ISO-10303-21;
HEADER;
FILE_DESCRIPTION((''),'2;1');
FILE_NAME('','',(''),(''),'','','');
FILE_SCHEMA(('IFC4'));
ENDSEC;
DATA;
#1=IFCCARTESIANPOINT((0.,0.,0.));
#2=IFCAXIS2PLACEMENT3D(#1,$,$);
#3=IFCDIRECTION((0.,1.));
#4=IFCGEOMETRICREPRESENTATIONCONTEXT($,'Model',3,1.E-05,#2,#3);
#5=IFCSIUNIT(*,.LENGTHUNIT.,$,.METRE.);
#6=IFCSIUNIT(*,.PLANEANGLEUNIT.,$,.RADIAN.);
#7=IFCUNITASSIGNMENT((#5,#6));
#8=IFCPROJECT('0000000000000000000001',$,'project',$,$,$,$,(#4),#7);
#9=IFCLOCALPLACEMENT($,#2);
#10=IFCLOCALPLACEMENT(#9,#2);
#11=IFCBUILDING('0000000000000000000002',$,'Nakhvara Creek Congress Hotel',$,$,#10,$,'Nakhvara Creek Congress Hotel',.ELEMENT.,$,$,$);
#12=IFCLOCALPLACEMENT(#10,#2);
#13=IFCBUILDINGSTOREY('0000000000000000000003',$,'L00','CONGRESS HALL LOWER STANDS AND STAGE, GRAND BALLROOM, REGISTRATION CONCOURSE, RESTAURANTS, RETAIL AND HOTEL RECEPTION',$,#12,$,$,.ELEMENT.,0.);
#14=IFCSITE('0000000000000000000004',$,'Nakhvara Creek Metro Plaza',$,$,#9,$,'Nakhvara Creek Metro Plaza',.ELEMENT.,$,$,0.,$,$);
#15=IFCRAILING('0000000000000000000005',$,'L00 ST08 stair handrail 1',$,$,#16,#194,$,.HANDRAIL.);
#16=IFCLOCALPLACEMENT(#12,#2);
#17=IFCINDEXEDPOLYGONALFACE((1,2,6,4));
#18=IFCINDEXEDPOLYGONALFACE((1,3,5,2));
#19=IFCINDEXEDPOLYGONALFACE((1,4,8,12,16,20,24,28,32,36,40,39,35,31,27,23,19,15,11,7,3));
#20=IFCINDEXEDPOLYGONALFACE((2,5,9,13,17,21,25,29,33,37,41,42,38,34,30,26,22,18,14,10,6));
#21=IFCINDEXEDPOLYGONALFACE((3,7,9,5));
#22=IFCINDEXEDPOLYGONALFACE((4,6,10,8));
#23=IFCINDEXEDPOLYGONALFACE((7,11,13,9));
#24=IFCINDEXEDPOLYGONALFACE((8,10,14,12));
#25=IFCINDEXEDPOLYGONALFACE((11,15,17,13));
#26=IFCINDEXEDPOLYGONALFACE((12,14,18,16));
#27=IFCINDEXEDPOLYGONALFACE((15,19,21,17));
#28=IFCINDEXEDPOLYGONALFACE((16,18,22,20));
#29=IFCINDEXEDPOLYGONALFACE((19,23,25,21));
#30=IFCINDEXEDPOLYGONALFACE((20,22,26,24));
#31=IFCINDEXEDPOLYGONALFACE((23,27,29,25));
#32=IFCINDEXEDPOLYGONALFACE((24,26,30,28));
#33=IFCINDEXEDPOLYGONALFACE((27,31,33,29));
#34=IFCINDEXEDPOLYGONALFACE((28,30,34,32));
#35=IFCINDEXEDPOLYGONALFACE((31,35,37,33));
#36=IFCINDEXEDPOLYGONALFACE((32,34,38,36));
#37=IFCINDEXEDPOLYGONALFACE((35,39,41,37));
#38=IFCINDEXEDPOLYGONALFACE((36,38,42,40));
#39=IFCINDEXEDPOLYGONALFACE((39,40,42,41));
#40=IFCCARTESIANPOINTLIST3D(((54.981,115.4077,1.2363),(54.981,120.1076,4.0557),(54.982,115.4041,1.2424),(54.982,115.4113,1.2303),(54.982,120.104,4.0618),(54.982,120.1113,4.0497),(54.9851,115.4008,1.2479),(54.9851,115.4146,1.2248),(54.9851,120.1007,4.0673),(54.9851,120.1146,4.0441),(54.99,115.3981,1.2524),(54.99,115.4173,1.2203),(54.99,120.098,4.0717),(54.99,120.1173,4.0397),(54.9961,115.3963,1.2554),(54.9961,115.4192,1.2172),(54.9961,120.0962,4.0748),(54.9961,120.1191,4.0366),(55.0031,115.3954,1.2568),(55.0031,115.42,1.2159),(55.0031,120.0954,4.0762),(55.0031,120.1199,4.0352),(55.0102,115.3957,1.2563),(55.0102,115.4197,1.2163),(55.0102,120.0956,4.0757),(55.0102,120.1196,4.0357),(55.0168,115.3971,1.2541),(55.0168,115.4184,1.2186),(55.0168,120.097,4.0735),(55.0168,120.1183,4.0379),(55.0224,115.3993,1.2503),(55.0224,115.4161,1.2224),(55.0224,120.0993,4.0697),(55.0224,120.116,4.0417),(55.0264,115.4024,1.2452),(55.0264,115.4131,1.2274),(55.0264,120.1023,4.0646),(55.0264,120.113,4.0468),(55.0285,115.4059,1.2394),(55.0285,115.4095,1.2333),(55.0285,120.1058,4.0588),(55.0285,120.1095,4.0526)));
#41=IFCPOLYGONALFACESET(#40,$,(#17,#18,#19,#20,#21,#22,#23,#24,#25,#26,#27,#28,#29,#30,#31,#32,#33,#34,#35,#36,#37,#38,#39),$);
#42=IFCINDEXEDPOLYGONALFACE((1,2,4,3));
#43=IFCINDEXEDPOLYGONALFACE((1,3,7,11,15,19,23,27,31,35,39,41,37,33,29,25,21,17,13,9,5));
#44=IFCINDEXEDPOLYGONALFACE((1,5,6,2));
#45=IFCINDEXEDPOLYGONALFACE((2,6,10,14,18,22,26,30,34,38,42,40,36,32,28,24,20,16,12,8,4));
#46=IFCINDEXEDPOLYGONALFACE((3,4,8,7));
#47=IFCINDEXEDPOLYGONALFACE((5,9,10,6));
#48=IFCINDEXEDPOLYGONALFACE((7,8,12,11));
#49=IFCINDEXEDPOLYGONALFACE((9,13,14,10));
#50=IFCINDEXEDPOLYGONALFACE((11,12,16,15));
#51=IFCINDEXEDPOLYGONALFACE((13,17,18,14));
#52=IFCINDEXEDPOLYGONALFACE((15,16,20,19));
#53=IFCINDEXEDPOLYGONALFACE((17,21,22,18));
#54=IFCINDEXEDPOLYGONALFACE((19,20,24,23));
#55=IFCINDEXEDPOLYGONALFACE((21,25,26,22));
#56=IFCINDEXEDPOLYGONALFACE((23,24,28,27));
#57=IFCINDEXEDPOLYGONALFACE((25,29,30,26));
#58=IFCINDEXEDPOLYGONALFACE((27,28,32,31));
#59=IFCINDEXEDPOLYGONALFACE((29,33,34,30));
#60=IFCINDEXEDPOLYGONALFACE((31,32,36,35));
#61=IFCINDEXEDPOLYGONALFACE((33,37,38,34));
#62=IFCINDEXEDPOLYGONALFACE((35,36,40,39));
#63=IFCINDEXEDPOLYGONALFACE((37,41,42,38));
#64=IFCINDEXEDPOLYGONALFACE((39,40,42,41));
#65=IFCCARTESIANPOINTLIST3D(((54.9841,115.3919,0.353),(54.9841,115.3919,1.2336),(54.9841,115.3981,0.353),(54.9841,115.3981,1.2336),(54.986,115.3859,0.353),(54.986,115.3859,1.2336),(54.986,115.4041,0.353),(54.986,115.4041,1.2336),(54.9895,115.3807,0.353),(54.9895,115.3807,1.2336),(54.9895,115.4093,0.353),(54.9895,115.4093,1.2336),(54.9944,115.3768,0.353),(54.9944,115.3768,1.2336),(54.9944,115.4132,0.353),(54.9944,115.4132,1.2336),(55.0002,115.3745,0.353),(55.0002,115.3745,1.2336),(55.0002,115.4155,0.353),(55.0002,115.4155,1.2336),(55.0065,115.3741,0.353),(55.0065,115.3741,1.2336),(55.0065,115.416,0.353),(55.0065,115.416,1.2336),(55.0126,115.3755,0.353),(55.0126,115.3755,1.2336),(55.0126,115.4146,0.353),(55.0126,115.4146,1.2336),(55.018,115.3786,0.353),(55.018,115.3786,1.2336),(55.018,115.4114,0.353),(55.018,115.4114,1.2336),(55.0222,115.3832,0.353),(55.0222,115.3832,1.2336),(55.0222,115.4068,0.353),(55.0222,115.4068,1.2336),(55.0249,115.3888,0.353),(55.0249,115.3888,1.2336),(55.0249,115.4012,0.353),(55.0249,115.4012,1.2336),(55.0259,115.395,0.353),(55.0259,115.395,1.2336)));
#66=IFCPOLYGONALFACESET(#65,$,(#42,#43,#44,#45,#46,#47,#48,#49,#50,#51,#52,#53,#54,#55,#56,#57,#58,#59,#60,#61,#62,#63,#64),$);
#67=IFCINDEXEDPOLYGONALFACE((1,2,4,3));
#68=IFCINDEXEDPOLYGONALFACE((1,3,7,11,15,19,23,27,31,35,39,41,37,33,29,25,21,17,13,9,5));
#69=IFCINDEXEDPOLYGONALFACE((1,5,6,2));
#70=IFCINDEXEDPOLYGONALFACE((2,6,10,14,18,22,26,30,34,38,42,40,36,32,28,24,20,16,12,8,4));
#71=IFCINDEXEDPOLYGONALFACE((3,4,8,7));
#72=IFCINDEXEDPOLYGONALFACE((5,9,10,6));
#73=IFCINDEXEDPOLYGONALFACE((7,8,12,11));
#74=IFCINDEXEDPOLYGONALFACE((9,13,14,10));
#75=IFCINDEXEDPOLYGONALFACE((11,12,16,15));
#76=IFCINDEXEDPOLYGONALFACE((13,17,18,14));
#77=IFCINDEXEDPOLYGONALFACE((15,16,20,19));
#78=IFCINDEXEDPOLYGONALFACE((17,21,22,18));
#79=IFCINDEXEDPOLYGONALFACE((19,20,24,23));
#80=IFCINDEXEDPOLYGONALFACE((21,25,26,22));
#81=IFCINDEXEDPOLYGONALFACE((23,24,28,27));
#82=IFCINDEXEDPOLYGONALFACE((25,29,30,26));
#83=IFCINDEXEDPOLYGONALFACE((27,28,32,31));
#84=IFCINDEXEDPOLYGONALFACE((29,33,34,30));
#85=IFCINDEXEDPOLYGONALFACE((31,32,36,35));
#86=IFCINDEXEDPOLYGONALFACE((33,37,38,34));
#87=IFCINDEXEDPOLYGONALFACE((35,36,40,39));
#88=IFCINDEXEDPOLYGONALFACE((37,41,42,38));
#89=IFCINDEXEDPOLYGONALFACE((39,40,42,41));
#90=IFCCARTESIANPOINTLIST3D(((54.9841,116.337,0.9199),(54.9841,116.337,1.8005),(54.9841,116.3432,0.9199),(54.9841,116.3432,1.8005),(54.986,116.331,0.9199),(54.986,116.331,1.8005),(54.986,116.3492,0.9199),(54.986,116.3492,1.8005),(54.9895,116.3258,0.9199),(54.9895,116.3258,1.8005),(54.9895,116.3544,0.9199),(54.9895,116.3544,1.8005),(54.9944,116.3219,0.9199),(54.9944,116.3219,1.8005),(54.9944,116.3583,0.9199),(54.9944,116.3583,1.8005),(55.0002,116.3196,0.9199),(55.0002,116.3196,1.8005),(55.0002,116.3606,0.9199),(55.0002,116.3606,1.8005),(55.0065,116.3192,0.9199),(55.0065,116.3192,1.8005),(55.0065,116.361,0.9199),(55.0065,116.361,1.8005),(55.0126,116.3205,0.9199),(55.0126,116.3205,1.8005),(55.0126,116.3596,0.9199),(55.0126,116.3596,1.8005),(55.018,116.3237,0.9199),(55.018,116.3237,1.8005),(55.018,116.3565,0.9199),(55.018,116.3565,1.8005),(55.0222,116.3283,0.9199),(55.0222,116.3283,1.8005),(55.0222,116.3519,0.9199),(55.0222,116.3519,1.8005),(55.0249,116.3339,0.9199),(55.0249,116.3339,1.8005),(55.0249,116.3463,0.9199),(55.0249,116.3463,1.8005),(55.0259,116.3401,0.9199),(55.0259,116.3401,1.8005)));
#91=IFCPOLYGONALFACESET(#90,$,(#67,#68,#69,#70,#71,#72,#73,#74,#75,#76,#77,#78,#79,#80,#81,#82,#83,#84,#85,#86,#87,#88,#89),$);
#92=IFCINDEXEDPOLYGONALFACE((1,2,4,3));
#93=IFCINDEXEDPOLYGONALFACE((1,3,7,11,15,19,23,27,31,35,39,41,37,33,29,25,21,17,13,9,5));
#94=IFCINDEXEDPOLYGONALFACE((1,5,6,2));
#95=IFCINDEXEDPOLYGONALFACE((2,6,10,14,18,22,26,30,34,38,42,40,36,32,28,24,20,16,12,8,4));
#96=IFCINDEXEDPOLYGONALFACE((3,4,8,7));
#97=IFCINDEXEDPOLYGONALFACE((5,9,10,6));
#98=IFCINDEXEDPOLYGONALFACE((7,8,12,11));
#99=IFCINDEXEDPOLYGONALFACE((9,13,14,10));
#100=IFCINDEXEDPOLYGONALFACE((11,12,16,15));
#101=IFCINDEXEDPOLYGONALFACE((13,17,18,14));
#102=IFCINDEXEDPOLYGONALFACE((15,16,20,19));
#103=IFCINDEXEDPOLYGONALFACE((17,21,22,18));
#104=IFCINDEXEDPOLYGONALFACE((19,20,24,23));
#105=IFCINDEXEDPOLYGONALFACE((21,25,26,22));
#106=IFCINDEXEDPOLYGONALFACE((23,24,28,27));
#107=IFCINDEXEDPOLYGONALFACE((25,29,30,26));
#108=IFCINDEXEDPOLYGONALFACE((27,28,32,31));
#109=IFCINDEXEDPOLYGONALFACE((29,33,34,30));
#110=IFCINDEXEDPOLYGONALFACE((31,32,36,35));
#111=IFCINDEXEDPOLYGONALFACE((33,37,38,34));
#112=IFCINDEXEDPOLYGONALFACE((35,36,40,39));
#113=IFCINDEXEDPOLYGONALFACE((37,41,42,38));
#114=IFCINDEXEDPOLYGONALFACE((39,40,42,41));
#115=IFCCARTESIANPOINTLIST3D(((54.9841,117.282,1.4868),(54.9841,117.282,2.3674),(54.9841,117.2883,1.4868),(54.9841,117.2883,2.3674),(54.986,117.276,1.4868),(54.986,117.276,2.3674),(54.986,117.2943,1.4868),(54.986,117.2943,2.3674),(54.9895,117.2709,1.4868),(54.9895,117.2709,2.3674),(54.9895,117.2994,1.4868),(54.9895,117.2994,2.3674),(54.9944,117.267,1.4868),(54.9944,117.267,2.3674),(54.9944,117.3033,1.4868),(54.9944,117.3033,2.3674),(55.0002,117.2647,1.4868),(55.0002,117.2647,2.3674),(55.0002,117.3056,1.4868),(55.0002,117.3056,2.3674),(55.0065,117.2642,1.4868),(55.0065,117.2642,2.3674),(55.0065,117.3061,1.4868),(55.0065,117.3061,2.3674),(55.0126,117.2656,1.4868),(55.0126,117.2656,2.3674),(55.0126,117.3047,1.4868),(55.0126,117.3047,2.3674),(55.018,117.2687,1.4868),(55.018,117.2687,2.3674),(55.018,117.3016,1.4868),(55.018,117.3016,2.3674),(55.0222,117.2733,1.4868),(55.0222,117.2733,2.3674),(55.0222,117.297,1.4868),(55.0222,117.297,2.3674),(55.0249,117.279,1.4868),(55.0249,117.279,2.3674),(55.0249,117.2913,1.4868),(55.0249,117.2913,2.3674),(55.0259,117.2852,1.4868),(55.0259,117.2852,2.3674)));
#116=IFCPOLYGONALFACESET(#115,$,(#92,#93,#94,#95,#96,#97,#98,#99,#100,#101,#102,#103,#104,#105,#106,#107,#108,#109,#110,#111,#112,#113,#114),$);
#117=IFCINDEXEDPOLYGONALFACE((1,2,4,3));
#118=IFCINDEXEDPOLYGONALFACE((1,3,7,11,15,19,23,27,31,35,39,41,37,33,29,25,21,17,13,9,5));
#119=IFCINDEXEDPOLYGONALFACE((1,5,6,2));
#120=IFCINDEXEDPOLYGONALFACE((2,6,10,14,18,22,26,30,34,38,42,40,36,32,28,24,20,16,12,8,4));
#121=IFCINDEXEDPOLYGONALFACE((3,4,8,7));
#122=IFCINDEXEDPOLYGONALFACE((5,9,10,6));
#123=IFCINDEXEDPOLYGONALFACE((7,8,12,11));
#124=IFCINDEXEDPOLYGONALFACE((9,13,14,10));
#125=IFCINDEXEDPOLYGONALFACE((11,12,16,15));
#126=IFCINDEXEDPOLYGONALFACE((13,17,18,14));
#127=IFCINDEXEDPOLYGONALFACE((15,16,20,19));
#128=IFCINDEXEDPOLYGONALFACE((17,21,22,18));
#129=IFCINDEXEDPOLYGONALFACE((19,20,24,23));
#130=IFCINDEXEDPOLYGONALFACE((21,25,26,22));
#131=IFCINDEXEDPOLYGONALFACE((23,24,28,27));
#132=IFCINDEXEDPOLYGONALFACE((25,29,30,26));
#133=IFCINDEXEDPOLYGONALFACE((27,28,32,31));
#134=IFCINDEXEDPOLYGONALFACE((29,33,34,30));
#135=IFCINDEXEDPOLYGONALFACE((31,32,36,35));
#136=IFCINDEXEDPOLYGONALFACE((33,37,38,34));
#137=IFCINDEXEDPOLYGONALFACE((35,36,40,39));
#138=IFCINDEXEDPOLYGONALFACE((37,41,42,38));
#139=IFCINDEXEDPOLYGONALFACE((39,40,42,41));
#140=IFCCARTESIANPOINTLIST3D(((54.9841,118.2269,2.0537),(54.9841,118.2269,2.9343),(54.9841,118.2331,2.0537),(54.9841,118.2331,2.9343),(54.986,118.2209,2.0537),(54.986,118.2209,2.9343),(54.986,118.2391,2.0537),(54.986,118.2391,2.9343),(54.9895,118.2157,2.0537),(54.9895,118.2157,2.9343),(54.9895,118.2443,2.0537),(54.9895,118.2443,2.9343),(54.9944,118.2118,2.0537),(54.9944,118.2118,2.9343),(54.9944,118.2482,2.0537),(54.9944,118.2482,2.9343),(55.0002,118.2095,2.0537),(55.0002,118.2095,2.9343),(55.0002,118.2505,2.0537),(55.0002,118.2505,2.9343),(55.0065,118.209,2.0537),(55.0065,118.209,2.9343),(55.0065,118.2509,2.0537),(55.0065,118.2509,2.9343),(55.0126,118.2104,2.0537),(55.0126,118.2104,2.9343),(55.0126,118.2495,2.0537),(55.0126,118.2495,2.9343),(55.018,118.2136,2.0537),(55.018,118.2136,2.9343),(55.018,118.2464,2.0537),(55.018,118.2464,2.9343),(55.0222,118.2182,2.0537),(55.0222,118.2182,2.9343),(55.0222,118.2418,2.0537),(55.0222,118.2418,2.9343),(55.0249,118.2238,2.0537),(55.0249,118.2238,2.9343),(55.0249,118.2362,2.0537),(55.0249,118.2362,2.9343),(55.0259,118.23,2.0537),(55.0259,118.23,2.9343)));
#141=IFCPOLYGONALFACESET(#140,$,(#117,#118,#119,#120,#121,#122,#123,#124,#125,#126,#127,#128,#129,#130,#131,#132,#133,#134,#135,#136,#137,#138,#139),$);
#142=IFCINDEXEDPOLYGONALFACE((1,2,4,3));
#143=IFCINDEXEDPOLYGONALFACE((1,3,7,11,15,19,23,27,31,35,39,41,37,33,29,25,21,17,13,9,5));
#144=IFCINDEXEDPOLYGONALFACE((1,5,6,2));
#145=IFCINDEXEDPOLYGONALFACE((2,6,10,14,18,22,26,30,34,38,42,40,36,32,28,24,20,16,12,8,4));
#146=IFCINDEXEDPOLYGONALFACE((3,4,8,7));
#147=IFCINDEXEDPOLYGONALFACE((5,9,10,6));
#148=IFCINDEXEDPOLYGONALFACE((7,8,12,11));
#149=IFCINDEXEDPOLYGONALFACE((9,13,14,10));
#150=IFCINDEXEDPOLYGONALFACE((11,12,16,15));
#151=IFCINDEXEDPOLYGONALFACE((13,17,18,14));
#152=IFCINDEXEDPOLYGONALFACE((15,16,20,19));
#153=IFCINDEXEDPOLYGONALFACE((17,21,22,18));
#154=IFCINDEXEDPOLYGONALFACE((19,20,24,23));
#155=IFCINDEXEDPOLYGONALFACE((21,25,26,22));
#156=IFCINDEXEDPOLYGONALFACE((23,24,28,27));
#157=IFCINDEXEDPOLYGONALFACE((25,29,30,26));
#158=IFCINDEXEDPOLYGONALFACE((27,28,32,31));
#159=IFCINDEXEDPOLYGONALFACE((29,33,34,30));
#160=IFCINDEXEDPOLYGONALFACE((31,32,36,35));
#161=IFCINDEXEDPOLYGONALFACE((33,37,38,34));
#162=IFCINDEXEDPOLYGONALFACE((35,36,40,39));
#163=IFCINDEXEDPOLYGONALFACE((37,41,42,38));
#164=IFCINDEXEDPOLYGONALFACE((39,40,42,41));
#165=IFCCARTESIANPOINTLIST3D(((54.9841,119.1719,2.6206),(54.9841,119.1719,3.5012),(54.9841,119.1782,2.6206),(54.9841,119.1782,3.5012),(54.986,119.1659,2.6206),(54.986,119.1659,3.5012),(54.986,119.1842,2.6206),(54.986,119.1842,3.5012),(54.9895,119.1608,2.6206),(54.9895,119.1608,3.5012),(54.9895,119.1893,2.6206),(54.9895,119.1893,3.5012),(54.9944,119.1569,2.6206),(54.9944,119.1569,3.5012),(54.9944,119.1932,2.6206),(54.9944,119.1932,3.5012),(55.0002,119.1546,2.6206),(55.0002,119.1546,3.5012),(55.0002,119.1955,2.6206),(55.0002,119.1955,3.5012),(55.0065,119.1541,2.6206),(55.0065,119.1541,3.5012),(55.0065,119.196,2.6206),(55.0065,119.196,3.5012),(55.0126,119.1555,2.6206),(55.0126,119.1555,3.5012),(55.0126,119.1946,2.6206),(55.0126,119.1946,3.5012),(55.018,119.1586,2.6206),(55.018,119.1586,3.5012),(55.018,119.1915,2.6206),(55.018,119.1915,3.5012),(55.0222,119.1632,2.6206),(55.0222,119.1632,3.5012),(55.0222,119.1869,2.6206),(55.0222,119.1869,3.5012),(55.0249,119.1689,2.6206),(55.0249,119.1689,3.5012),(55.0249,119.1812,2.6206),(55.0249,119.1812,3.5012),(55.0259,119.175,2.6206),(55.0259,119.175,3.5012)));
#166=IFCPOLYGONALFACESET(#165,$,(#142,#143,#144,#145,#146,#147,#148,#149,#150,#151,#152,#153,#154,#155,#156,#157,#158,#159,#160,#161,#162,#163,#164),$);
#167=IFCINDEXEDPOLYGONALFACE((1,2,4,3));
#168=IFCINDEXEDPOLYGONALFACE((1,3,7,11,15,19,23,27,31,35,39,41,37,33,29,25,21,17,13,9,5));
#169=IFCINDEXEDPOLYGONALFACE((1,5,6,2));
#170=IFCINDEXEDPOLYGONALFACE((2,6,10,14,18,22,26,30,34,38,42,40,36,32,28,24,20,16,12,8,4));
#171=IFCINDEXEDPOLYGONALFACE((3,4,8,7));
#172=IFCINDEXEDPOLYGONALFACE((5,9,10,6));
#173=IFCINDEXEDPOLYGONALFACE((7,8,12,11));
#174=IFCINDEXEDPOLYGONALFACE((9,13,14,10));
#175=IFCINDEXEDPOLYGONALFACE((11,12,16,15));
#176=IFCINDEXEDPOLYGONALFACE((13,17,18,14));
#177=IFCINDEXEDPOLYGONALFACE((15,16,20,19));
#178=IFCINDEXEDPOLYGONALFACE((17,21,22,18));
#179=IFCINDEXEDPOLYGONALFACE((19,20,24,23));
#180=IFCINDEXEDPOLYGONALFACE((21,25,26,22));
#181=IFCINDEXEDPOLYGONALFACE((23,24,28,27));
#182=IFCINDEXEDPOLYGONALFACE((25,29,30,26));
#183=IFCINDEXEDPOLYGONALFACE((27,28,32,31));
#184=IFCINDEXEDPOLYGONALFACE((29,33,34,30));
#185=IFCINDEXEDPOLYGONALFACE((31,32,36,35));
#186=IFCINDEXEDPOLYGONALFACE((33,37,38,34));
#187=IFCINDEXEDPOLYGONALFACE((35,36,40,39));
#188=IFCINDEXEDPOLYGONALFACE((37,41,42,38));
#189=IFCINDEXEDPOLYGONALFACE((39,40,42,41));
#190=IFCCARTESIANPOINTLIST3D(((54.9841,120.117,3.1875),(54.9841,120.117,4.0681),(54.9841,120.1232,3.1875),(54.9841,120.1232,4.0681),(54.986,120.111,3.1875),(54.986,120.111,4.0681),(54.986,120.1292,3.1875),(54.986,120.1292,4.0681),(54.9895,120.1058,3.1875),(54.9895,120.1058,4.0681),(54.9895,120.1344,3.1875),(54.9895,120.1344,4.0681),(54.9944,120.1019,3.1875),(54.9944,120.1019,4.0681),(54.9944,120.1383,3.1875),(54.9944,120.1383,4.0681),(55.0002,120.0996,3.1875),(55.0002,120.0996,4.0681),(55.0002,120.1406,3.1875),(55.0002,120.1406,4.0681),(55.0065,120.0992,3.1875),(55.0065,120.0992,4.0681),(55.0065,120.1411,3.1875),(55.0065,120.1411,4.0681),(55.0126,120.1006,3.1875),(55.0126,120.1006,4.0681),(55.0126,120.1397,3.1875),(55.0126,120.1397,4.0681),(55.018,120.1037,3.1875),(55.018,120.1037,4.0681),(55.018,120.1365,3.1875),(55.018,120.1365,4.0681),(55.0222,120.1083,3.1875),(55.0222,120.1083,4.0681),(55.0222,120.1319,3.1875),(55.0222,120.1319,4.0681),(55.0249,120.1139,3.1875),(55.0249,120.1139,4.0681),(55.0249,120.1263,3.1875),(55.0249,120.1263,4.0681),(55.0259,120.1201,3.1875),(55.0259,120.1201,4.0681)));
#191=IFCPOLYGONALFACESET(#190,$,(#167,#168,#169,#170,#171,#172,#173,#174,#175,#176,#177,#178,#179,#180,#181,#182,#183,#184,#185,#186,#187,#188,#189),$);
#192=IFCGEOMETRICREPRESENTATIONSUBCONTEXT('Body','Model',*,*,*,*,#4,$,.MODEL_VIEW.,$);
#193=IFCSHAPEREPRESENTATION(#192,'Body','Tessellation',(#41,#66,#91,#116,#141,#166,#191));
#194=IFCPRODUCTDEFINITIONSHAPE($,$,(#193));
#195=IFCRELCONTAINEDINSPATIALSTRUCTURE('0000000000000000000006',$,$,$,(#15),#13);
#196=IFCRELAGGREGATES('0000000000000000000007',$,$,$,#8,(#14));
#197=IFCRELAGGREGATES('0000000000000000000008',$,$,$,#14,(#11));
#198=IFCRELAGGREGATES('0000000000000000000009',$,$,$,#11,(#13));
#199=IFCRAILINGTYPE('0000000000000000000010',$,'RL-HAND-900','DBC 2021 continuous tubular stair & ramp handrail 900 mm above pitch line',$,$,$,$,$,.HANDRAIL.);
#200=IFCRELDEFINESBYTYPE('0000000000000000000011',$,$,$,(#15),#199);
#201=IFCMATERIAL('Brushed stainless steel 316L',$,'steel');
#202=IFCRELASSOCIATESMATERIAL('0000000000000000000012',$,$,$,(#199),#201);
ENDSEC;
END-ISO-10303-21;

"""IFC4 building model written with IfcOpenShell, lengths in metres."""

from ifc_helpers import new_model, si_unit, direction, frame, origin, origin_2d, place, context, subcontext, project, spatial, circle, extrude, material, type_object, element, save


model = new_model("IFC4")

# Units and contexts
model_context = context("Model", 3, precision=1e-05, world=origin(), true_north=direction((0.0, 1.0)))
body_context = subcontext(model_context, "Body", "Model", "MODEL_VIEW")
ifc_project = project(units=[si_unit("LENGTHUNIT", "METRE"), si_unit("PLANEANGLEUNIT", "RADIAN")], contexts=[model_context])

# Site, building, storey
site_placement = place(None, origin())
site = spatial("IfcSite", under=ifc_project, at=site_placement, Name="Nakhvara Creek Metro Plaza", LongName="Nakhvara Creek Metro Plaza", CompositionType="ELEMENT", RefElevation=0.0)
building_placement = place(site_placement, origin())
building = spatial("IfcBuilding", under=site, at=building_placement, Name="Nakhvara Creek Congress Hotel", LongName="Nakhvara Creek Congress Hotel", CompositionType="ELEMENT")
storey_placement = place(building_placement, origin())
storey = spatial("IfcBuildingStorey", under=building, at=storey_placement, Name="L00", Description="CONGRESS HALL LOWER STANDS AND STAGE, GRAND BALLROOM, REGISTRATION CONCOURSE, RESTAURANTS, RETAIL AND HOTEL RECEPTION", CompositionType="ELEMENT", Elevation=0.0)

# Railing
ifc_material_1 = material(Name="Brushed stainless steel 316L", Category="steel")
railing_type_1 = type_object("IfcRailingType", Name="RL-HAND-900", Description="DBC 2021 continuous tubular stair & ramp handrail 900 mm above pitch line", PredefinedType="HANDRAIL", material=ifc_material_1)
railing_1_placement = place(storey_placement, frame((55.0049, 115.395, 0.353)))
element("IfcRailing", 1, at=railing_1_placement, inside=storey, type_object=railing_type_1, Name="L00 ST08 stair handrail 1", PredefinedType="HANDRAIL", context=body_context, shape_type="SweptSolid", body=[
    extrude(circle(Radius=0.0239, at=origin_2d()), frame((0.0, 0.0127, 0.8833), z_axis=(0.0, 0.85754, 0.514418), x_axis=(-1.0, 0.0, 0.0)), (0.0, 0.0, 1.0), 5.4807),
    extrude(circle(Radius=0.021, at=origin_2d()), origin(), (0.0, 0.0, 1.0), 0.8806),
    extrude(circle(Radius=0.021, at=origin_2d()), frame((0.0, 0.9451, 0.5669)), (0.0, 0.0, 1.0), 0.8806),
    extrude(circle(Radius=0.021, at=origin_2d()), frame((0.0, 1.8901, 1.1338)), (0.0, 0.0, 1.0), 0.8806),
    extrude(circle(Radius=0.021, at=origin_2d()), frame((0.0, 2.835, 1.7007)), (0.0, 0.0, 1.0), 0.8806),
    extrude(circle(Radius=0.021, at=origin_2d()), frame((0.0, 3.78, 2.2676)), (0.0, 0.0, 1.0), 0.8806),
    extrude(circle(Radius=0.021, at=origin_2d()), frame((0.0, 4.7251, 2.8345)), (0.0, 0.0, 1.0), 0.8806),
])

save(model, "model.ifc")
